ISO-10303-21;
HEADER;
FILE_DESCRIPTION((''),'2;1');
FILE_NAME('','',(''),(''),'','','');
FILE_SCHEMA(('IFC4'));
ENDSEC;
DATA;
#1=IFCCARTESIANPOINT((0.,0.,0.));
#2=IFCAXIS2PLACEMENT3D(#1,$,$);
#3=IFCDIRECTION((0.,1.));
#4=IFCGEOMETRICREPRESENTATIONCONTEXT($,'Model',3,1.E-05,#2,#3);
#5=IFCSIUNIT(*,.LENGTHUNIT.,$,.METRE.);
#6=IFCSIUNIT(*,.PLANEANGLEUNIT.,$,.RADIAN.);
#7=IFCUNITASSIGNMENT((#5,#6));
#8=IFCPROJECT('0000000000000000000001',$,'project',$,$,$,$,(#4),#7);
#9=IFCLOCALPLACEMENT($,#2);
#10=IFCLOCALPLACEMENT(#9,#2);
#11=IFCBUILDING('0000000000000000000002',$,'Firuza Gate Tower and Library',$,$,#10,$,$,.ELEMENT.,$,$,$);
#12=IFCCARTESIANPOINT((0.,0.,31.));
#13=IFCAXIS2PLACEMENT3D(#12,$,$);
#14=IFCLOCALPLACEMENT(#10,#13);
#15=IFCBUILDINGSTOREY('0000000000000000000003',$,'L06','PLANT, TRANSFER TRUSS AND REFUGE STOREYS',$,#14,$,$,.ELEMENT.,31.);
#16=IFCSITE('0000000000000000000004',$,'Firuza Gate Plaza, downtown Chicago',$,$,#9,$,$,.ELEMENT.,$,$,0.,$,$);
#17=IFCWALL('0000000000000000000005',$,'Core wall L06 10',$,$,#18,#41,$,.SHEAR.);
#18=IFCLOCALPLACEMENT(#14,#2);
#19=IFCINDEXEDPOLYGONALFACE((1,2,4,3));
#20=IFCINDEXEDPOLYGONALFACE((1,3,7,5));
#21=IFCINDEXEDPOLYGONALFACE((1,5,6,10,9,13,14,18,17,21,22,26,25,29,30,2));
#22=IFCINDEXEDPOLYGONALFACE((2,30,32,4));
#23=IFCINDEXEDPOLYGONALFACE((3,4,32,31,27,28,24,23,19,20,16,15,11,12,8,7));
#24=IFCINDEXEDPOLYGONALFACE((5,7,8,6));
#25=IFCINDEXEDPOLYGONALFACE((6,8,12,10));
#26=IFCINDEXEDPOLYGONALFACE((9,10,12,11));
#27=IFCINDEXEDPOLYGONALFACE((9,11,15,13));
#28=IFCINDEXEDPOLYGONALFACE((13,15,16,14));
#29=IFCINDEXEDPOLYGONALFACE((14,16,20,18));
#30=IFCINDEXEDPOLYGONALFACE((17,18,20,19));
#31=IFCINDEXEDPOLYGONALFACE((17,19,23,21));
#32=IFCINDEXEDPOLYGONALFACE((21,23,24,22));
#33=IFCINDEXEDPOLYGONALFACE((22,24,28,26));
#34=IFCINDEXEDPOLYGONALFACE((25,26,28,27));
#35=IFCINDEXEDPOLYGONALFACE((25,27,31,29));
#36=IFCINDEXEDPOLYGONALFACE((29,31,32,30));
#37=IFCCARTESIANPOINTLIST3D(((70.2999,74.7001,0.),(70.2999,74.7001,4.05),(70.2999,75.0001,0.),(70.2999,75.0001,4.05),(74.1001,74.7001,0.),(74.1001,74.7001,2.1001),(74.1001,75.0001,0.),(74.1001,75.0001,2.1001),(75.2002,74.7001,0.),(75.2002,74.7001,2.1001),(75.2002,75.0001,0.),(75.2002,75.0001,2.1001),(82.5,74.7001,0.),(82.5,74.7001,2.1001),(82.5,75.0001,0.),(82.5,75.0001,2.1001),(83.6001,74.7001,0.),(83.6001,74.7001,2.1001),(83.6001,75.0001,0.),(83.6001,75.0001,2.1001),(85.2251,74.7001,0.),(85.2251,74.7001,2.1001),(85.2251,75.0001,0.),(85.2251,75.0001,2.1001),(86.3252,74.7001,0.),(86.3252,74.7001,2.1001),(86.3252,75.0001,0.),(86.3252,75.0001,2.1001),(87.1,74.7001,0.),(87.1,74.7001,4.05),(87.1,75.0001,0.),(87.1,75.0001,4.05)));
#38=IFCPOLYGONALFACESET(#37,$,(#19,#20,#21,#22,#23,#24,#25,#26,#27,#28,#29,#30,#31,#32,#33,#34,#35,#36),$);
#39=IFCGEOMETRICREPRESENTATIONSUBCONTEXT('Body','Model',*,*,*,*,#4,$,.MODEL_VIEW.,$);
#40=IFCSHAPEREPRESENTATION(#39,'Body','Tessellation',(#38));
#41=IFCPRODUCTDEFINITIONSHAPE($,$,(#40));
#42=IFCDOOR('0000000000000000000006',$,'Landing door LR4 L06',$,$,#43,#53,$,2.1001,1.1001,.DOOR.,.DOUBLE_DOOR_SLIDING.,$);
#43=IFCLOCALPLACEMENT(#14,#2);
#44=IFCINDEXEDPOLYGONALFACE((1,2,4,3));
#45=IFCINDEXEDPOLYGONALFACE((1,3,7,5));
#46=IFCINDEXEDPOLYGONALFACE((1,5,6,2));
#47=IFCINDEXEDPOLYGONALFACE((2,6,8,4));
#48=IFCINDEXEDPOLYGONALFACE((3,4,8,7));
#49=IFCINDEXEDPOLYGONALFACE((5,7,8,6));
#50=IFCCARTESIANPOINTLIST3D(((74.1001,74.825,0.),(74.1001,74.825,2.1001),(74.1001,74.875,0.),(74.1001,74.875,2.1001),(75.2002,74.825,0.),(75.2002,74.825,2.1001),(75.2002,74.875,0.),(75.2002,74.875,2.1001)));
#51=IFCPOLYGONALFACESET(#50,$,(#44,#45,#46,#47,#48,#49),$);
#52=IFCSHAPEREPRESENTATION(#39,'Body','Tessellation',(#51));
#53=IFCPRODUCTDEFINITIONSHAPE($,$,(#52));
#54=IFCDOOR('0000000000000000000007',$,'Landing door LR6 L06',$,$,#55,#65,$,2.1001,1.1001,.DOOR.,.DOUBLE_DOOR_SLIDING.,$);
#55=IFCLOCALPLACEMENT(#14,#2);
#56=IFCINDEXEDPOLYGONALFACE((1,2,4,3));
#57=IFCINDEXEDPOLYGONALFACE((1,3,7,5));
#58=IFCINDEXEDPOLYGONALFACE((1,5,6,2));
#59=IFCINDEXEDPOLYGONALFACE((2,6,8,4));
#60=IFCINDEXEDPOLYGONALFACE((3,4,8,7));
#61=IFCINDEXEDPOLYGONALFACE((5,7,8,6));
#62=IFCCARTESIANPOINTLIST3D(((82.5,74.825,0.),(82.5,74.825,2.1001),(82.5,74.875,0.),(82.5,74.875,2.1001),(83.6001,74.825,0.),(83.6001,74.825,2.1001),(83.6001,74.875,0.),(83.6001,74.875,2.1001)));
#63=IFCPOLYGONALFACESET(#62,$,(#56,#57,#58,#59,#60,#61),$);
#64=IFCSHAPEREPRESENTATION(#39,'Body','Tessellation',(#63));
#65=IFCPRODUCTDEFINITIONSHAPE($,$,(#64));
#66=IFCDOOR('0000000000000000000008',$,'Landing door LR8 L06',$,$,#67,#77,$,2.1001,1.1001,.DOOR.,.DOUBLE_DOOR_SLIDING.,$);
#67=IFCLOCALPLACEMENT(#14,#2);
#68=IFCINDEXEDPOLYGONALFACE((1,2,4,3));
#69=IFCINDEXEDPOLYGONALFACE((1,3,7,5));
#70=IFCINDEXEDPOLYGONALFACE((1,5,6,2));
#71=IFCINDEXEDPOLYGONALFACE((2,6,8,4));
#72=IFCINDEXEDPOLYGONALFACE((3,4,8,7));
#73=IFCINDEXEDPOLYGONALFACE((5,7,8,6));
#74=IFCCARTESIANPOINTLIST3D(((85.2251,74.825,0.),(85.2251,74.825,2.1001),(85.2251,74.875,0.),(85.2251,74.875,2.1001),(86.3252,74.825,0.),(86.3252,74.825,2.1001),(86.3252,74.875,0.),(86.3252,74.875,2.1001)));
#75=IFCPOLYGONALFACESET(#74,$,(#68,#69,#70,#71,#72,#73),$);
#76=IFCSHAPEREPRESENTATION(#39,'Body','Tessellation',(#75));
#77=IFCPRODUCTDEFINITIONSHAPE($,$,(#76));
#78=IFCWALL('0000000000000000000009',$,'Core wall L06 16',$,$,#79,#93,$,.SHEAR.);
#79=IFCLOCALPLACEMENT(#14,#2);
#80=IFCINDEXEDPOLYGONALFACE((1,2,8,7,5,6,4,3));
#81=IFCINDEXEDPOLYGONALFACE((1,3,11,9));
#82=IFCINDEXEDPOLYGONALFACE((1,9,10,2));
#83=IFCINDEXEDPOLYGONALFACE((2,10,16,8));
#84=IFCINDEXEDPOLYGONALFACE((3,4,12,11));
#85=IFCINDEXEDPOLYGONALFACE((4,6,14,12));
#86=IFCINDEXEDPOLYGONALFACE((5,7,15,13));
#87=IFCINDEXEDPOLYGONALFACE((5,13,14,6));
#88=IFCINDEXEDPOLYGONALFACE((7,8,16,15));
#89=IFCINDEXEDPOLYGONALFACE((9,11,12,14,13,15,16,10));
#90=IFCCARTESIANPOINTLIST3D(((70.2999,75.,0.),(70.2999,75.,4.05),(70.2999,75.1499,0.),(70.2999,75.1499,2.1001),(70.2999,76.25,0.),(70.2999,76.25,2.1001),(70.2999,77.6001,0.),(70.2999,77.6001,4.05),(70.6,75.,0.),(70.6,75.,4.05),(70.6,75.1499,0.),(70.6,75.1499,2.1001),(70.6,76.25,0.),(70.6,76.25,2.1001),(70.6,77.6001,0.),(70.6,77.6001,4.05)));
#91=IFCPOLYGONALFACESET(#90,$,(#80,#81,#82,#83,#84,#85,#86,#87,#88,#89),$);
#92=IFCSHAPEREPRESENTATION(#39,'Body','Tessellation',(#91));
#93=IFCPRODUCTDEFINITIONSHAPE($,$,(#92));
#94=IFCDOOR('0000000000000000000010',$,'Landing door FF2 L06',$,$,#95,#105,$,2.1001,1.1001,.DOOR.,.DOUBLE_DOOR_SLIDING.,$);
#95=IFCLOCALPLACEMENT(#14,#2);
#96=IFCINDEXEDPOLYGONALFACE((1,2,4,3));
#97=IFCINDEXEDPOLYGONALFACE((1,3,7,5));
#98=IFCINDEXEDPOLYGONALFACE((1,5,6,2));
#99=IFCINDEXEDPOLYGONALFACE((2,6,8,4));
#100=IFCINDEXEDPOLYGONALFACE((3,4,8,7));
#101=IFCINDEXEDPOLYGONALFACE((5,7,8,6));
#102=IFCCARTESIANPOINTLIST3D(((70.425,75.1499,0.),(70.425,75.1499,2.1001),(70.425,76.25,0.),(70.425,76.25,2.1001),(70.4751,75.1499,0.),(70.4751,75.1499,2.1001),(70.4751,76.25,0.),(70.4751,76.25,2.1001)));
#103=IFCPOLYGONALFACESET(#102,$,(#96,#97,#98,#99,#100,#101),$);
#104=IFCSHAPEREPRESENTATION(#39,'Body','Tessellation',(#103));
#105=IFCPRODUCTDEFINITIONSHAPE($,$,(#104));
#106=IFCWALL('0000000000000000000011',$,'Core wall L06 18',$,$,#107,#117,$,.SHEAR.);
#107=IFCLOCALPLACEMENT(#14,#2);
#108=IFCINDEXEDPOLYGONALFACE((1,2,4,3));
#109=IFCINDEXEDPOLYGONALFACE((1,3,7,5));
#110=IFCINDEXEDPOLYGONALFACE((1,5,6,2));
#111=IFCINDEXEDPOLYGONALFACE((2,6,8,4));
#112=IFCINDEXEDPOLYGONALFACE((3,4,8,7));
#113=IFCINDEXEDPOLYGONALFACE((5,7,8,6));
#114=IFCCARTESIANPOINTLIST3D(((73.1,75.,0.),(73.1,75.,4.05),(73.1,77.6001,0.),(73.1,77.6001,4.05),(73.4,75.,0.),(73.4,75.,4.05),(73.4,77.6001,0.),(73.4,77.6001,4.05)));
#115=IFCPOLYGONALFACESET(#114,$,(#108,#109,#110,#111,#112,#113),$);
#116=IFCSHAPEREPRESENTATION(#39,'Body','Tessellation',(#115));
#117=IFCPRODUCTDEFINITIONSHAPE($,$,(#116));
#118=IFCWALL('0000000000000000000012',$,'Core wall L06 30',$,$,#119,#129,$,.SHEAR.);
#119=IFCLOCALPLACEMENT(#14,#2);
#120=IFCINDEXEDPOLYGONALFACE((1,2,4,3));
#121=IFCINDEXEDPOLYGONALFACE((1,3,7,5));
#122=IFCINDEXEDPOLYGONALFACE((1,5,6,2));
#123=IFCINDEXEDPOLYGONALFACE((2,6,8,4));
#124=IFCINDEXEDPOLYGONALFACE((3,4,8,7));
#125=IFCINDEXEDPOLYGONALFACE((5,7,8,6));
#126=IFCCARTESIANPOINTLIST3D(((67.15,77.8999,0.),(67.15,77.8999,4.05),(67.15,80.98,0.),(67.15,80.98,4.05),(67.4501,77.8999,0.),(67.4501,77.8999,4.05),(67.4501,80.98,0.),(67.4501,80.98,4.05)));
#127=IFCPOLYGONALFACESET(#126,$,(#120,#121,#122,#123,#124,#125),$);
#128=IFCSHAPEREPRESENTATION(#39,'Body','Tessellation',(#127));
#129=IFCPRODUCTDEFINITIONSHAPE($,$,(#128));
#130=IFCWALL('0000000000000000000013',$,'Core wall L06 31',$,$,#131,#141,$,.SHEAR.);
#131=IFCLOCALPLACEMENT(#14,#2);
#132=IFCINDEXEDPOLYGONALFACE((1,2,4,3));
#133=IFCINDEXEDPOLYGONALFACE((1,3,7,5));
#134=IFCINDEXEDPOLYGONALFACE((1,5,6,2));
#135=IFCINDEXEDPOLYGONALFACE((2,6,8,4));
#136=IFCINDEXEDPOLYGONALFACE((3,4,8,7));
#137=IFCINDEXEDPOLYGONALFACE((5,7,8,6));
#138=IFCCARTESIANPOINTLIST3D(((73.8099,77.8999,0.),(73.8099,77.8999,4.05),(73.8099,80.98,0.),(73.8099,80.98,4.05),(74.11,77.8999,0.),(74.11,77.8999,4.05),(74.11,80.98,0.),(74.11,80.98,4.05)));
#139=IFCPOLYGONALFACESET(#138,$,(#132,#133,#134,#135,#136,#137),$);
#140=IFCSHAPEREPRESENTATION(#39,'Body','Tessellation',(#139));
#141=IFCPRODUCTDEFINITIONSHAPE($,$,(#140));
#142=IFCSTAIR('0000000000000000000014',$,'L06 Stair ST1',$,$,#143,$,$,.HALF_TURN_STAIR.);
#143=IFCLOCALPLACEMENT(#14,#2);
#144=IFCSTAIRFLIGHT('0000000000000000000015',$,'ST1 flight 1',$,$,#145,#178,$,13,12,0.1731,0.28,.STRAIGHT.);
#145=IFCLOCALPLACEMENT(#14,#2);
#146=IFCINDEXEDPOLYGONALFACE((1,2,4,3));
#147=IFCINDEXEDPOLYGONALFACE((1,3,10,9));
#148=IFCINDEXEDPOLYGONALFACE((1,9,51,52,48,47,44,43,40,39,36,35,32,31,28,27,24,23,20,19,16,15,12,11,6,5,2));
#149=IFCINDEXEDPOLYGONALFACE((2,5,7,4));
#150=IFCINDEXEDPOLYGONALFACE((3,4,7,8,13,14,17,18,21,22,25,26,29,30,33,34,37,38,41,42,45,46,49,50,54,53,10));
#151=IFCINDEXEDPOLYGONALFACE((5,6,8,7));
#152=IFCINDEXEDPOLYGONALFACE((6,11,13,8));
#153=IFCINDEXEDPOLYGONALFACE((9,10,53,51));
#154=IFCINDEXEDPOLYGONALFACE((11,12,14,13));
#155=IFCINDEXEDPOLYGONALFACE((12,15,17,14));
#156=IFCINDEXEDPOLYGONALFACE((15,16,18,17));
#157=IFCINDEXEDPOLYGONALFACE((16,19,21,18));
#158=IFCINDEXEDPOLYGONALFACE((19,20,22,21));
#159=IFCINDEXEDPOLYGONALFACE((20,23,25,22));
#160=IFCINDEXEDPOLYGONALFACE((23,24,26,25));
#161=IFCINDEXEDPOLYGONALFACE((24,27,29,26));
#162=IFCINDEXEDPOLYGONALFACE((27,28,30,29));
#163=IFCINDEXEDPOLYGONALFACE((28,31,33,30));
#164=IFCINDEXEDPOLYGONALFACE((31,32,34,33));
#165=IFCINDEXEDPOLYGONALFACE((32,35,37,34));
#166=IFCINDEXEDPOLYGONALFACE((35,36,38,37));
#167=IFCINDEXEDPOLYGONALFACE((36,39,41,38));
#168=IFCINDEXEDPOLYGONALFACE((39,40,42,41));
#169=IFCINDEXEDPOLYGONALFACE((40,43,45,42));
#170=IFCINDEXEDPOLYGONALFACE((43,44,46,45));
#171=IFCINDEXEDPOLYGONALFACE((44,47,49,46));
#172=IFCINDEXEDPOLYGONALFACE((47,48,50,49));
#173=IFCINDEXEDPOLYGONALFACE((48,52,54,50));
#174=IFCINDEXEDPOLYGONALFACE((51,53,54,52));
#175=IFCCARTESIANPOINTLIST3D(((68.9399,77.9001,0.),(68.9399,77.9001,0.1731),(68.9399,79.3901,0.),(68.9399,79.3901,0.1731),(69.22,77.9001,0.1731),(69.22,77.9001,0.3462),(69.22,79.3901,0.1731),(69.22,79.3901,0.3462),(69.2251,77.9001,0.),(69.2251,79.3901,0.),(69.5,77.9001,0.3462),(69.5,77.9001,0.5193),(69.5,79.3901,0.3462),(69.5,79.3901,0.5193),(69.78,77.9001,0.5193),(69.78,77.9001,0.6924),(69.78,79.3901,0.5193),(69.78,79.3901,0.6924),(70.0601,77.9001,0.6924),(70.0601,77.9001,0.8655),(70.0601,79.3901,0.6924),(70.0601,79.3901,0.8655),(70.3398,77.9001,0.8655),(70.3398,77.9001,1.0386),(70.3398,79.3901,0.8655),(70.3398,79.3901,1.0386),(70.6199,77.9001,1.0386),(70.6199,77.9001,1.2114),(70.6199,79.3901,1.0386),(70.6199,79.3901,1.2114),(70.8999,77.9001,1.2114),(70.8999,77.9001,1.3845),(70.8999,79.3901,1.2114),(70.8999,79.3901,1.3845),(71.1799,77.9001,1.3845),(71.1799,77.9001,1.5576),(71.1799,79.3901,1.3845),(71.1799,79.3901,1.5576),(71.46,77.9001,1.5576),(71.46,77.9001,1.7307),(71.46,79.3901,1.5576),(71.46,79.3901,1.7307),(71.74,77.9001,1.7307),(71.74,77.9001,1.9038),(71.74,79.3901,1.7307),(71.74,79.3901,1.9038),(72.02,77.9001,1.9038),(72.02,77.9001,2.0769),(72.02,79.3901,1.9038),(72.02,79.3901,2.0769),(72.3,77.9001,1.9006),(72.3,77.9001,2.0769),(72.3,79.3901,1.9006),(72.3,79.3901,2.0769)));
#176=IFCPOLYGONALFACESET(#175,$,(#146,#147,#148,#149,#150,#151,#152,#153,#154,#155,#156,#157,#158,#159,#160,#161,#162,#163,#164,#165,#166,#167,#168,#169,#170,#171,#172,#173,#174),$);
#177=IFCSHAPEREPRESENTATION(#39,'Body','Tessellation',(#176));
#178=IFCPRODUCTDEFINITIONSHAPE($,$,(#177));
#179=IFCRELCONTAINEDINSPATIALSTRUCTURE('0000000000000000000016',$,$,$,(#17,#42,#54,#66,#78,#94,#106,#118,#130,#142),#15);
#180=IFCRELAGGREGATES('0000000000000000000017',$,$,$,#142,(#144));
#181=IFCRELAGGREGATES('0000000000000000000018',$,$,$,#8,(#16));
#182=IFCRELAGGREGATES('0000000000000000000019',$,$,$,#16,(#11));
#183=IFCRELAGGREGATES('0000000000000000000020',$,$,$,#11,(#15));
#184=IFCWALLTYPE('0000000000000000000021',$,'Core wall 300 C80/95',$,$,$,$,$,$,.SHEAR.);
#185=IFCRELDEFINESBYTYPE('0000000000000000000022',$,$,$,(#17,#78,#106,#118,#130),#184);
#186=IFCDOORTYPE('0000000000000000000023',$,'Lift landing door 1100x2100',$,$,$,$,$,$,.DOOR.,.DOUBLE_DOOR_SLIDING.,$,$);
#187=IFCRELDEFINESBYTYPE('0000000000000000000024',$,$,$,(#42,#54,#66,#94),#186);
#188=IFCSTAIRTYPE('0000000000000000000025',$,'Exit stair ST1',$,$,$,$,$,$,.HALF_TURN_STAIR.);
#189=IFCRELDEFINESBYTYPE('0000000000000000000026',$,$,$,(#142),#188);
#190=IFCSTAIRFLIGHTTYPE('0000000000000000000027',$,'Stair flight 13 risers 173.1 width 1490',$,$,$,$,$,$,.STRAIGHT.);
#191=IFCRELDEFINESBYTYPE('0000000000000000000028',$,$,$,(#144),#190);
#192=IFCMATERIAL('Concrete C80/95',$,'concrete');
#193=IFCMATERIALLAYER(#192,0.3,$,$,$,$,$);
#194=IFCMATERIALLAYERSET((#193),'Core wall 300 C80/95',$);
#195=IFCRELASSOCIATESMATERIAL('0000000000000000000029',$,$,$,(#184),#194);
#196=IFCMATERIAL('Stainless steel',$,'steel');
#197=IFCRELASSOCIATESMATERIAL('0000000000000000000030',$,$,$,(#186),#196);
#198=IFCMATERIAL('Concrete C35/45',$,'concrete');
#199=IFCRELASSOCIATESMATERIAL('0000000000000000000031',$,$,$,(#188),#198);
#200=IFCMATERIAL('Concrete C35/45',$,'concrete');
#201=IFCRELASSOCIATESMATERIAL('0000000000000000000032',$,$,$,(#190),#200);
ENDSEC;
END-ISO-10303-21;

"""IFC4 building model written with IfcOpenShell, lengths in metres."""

from ifc_helpers import new_model, si_unit, direction, frame, frame_2d, origin, place, context, subcontext, project, spatial, polyline, rectangle, outline, extrude, material, layer, layer_set, type_object, element, fill, aggregate, save


model = new_model("IFC4")

# Units and contexts
model_context = context("Model", 3, precision=1e-05, world=origin(), true_north=direction((0.0, 1.0)))
body_context = subcontext(model_context, "Body", "Model", "MODEL_VIEW")
ifc_project = project(units=[si_unit("LENGTHUNIT", "METRE"), si_unit("PLANEANGLEUNIT", "RADIAN")], contexts=[model_context])

# Site, building, storey
site_placement = place(None, origin())
site = spatial("IfcSite", under=ifc_project, at=site_placement, Name="Firuza Gate Plaza, downtown Chicago", CompositionType="ELEMENT", RefElevation=0.0)
building_placement = place(site_placement, origin())
building = spatial("IfcBuilding", under=site, at=building_placement, Name="Firuza Gate Tower and Library", CompositionType="ELEMENT")
storey_placement = place(building_placement, frame((0.0, 0.0, 31.0)))
storey = spatial("IfcBuildingStorey", under=building, at=storey_placement, Name="L06", Description="PLANT, TRANSFER TRUSS AND REFUGE STOREYS", CompositionType="ELEMENT", Elevation=31.0)

# Wall, openings, doors
ifc_material_1 = material(Name="Concrete C80/95", Category="concrete")
ifc_layer_1 = layer(ifc_material_1, 0.3)
ifc_layer_set_1 = layer_set([ifc_layer_1], Name="Core wall 300 C80/95")
wall_type_1 = type_object("IfcWallType", Name="Core wall 300 C80/95", PredefinedType="SHEAR", material=ifc_layer_set_1)
ifc_material_2 = material(Name="Stainless steel", Category="steel")
door_type_1 = type_object("IfcDoorType", Name="Lift landing door 1100x2100", OperationType="DOUBLE_DOOR_SLIDING", PredefinedType="DOOR", material=ifc_material_2)
wall_1_placement = place(storey_placement, frame((70.3, 74.8501, 0.0), z_axis=(0.0, 0.0, 1.0), x_axis=(1.0, 0.0, 0.0)))
wall_1 = element("IfcWall", 1, at=wall_1_placement, inside=storey, type_object=wall_type_1, Name="Core wall L06 10", PredefinedType="SHEAR", context=body_context, shape_type="SweptSolid", body=[
    extrude(rectangle(XDim=16.8, YDim=0.3, at=frame_2d((8.3999, 0.0))), origin(), (0.0, 0.0, 1.0), 4.05),
])
opening_1_placement = place(wall_1_placement, frame((3.8, 0.0, 0.0)))
opening_1 = element("IfcOpeningElement", 2, at=opening_1_placement, cuts=wall_1, PredefinedType="OPENING", context=body_context, shape_type="SweptSolid", body=[
    extrude(rectangle(XDim=1.1001, YDim=2.1001, at=frame_2d((0.55, 1.05))), frame((0.0, 0.1602, 0.0), z_axis=(0.0, -1.0, 0.0), x_axis=(1.0, 0.0, 0.0)), (0.0, 0.0, 1.0), 0.3201),
])
opening_2_placement = place(wall_1_placement, frame((12.2, 0.0, 0.0)))
opening_2 = element("IfcOpeningElement", 3, at=opening_2_placement, cuts=wall_1, PredefinedType="OPENING", context=body_context, shape_type="SweptSolid", body=[
    extrude(rectangle(XDim=1.1001, YDim=2.1001, at=frame_2d((0.55, 1.05))), frame((0.0, 0.1602, 0.0), z_axis=(0.0, -1.0, 0.0), x_axis=(1.0, 0.0, 0.0)), (0.0, 0.0, 1.0), 0.3201),
])
opening_3_placement = place(wall_1_placement, frame((14.925, 0.0, 0.0)))
opening_3 = element("IfcOpeningElement", 4, at=opening_3_placement, cuts=wall_1, PredefinedType="OPENING", context=body_context, shape_type="SweptSolid", body=[
    extrude(rectangle(XDim=1.1001, YDim=2.1001, at=frame_2d((0.55, 1.05))), frame((0.0, 0.1602, 0.0), z_axis=(0.0, -1.0, 0.0), x_axis=(1.0, 0.0, 0.0)), (0.0, 0.0, 1.0), 0.3201),
])
door_1_placement = place(opening_1_placement, origin())
door_1 = element("IfcDoor", 5, at=door_1_placement, inside=storey, type_object=door_type_1, Name="Landing door LR4 L06", OperationType="DOUBLE_DOOR_SLIDING", OverallHeight=2.1001, OverallWidth=1.1001, PredefinedType="DOOR", context=body_context, shape_type="SweptSolid", body=[
    extrude(rectangle(XDim=1.1001, YDim=2.1001, at=frame_2d((0.55, 1.05))), frame((0.0, 0.0249, 0.0), z_axis=(0.0, -1.0, 0.0), x_axis=(1.0, 0.0, 0.0)), (0.0, 0.0, 1.0), 0.05),
])
fill(opening_1, door_1)
door_2_placement = place(opening_2_placement, origin())
door_2 = element("IfcDoor", 6, at=door_2_placement, inside=storey, type_object=door_type_1, Name="Landing door LR6 L06", OperationType="DOUBLE_DOOR_SLIDING", OverallHeight=2.1001, OverallWidth=1.1001, PredefinedType="DOOR", context=body_context, shape_type="SweptSolid", body=[
    extrude(rectangle(XDim=1.1001, YDim=2.1001, at=frame_2d((0.55, 1.05))), frame((0.0, 0.0249, 0.0), z_axis=(0.0, -1.0, 0.0), x_axis=(1.0, 0.0, 0.0)), (0.0, 0.0, 1.0), 0.05),
])
fill(opening_2, door_2)
door_3_placement = place(opening_3_placement, origin())
door_3 = element("IfcDoor", 7, at=door_3_placement, inside=storey, type_object=door_type_1, Name="Landing door LR8 L06", OperationType="DOUBLE_DOOR_SLIDING", OverallHeight=2.1001, OverallWidth=1.1001, PredefinedType="DOOR", context=body_context, shape_type="SweptSolid", body=[
    extrude(rectangle(XDim=1.1001, YDim=2.1001, at=frame_2d((0.55, 1.05))), frame((0.0, 0.0249, 0.0), z_axis=(0.0, -1.0, 0.0), x_axis=(1.0, 0.0, 0.0)), (0.0, 0.0, 1.0), 0.05),
])
fill(opening_3, door_3)

# Wall, opening, door
wall_2_placement = place(storey_placement, frame((70.45, 75.0, 0.0), z_axis=(0.0, 0.0, 1.0), x_axis=(0.0, 1.0, 0.0)))
wall_2 = element("IfcWall", 8, at=wall_2_placement, inside=storey, type_object=wall_type_1, Name="Core wall L06 16", PredefinedType="SHEAR", context=body_context, shape_type="SweptSolid", body=[
    extrude(rectangle(XDim=2.6001, YDim=0.3, at=frame_2d((1.3, 0.0))), origin(), (0.0, 0.0, 1.0), 4.05),
])
opening_4_placement = place(wall_2_placement, frame((0.1499, 0.0, 0.0)))
opening_4 = element("IfcOpeningElement", 9, at=opening_4_placement, cuts=wall_2, PredefinedType="OPENING", context=body_context, shape_type="SweptSolid", body=[
    extrude(rectangle(XDim=1.1001, YDim=2.1001, at=frame_2d((0.55, 1.05))), frame((0.0, 0.1602, 0.0), z_axis=(0.0, -1.0, 0.0), x_axis=(1.0, 0.0, 0.0)), (0.0, 0.0, 1.0), 0.3201),
])
door_4_placement = place(opening_4_placement, origin())
door_4 = element("IfcDoor", 10, at=door_4_placement, inside=storey, type_object=door_type_1, Name="Landing door FF2 L06", OperationType="DOUBLE_DOOR_SLIDING", OverallHeight=2.1001, OverallWidth=1.1001, PredefinedType="DOOR", context=body_context, shape_type="SweptSolid", body=[
    extrude(rectangle(XDim=1.1001, YDim=2.1001, at=frame_2d((0.55, 1.05))), frame((0.0, 0.0249, 0.0), z_axis=(0.0, -1.0, 0.0), x_axis=(1.0, 0.0, 0.0)), (0.0, 0.0, 1.0), 0.05),
])
fill(opening_4, door_4)

# Walls
wall_3_placement = place(storey_placement, frame((73.25, 75.0, 0.0), z_axis=(0.0, 0.0, 1.0), x_axis=(0.0, 1.0, 0.0)))
element("IfcWall", 11, at=wall_3_placement, inside=storey, type_object=wall_type_1, Name="Core wall L06 18", PredefinedType="SHEAR", context=body_context, shape_type="SweptSolid", body=[
    extrude(rectangle(XDim=2.6001, YDim=0.3, at=frame_2d((1.3, 0.0))), origin(), (0.0, 0.0, 1.0), 4.05),
])
for number, where, z_axis, x_axis, name in (
    (12, (67.3, 77.8999, 0.0), (0.0, 0.0, 1.0), (0.0, 1.0, 0.0), "Core wall L06 30"),
    (13, (73.96, 77.8999, 0.0), (0.0, 0.0, 1.0), (0.0, 1.0, 0.0), "Core wall L06 31"),
):
    element("IfcWall", number, at=place(storey_placement, frame(where, z_axis=z_axis, x_axis=x_axis)), inside=storey, type_object=wall_type_1, Name=name, PredefinedType="SHEAR", context=body_context, shape_type="SweptSolid", body=[
        extrude(rectangle(XDim=3.0801, YDim=0.3, at=frame_2d((1.54, 0.0))), origin(), (0.0, 0.0, 1.0), 4.05),
    ])

# Stair, stair flight
ifc_material_3 = material(Name="Concrete C35/45", Category="concrete")
stair_type = type_object("IfcStairType", Name="Exit stair ST1", PredefinedType="HALF_TURN_STAIR", material=ifc_material_3)
stair_placement = place(storey_placement, origin())
stair = element("IfcStair", 14, at=stair_placement, inside=storey, type_object=stair_type, Name="L06 Stair ST1", PredefinedType="HALF_TURN_STAIR")
ifc_material_4 = material(Name="Concrete C35/45", Category="concrete")
stair_flight_type = type_object("IfcStairFlightType", Name="Stair flight 13 risers 173.1 width 1490", PredefinedType="STRAIGHT", material=ifc_material_4)
stair_flight_1_placement = place(storey_placement, frame((68.9399, 78.645, 0.0), z_axis=(0.0, 0.0, 1.0), x_axis=(1.0, 0.0, 0.0)))
stair_flight_1 = element("IfcStairFlight", 15, at=stair_flight_1_placement, type_object=stair_flight_type, Name="ST1 flight 1", NumberOfRisers=13, NumberOfTreads=12, PredefinedType="STRAIGHT", RiserHeight=0.1731, TreadLength=0.28, context=body_context, shape_type="SweptSolid", body=[
    extrude(outline(polyline([(0.0, 0.0), (0.0, 0.1731), (0.28, 0.1731), (0.28, 0.3462), (0.5601, 0.3462), (0.5601, 0.5193), (0.8401, 0.5193), (0.8401, 0.6924), (1.1201, 0.6924), (1.1201, 0.8655), (1.3999, 0.8655), (1.3999, 1.0386), (1.6799, 1.0386), (1.6799, 1.2114), (1.96, 1.2114), (1.96, 1.3845), (2.24, 1.3845), (2.24, 1.5576), (2.52, 1.5576), (2.52, 1.7307), (2.8, 1.7307), (2.8, 1.9038), (3.0801, 1.9038), (3.0801, 2.0769), (3.3601, 2.0769), (3.3601, 2.25), (3.3601, 1.9006), (0.2852, 0.0), (0.0, 0.0)])), frame((0.0, 0.7451, 0.0), z_axis=(0.0, -1.0, 0.0), x_axis=(1.0, 0.0, 0.0)), (0.0, 0.0, 1.0), 1.49),
])
aggregate(stair, [stair_flight_1])

save(model, "model.ifc")
